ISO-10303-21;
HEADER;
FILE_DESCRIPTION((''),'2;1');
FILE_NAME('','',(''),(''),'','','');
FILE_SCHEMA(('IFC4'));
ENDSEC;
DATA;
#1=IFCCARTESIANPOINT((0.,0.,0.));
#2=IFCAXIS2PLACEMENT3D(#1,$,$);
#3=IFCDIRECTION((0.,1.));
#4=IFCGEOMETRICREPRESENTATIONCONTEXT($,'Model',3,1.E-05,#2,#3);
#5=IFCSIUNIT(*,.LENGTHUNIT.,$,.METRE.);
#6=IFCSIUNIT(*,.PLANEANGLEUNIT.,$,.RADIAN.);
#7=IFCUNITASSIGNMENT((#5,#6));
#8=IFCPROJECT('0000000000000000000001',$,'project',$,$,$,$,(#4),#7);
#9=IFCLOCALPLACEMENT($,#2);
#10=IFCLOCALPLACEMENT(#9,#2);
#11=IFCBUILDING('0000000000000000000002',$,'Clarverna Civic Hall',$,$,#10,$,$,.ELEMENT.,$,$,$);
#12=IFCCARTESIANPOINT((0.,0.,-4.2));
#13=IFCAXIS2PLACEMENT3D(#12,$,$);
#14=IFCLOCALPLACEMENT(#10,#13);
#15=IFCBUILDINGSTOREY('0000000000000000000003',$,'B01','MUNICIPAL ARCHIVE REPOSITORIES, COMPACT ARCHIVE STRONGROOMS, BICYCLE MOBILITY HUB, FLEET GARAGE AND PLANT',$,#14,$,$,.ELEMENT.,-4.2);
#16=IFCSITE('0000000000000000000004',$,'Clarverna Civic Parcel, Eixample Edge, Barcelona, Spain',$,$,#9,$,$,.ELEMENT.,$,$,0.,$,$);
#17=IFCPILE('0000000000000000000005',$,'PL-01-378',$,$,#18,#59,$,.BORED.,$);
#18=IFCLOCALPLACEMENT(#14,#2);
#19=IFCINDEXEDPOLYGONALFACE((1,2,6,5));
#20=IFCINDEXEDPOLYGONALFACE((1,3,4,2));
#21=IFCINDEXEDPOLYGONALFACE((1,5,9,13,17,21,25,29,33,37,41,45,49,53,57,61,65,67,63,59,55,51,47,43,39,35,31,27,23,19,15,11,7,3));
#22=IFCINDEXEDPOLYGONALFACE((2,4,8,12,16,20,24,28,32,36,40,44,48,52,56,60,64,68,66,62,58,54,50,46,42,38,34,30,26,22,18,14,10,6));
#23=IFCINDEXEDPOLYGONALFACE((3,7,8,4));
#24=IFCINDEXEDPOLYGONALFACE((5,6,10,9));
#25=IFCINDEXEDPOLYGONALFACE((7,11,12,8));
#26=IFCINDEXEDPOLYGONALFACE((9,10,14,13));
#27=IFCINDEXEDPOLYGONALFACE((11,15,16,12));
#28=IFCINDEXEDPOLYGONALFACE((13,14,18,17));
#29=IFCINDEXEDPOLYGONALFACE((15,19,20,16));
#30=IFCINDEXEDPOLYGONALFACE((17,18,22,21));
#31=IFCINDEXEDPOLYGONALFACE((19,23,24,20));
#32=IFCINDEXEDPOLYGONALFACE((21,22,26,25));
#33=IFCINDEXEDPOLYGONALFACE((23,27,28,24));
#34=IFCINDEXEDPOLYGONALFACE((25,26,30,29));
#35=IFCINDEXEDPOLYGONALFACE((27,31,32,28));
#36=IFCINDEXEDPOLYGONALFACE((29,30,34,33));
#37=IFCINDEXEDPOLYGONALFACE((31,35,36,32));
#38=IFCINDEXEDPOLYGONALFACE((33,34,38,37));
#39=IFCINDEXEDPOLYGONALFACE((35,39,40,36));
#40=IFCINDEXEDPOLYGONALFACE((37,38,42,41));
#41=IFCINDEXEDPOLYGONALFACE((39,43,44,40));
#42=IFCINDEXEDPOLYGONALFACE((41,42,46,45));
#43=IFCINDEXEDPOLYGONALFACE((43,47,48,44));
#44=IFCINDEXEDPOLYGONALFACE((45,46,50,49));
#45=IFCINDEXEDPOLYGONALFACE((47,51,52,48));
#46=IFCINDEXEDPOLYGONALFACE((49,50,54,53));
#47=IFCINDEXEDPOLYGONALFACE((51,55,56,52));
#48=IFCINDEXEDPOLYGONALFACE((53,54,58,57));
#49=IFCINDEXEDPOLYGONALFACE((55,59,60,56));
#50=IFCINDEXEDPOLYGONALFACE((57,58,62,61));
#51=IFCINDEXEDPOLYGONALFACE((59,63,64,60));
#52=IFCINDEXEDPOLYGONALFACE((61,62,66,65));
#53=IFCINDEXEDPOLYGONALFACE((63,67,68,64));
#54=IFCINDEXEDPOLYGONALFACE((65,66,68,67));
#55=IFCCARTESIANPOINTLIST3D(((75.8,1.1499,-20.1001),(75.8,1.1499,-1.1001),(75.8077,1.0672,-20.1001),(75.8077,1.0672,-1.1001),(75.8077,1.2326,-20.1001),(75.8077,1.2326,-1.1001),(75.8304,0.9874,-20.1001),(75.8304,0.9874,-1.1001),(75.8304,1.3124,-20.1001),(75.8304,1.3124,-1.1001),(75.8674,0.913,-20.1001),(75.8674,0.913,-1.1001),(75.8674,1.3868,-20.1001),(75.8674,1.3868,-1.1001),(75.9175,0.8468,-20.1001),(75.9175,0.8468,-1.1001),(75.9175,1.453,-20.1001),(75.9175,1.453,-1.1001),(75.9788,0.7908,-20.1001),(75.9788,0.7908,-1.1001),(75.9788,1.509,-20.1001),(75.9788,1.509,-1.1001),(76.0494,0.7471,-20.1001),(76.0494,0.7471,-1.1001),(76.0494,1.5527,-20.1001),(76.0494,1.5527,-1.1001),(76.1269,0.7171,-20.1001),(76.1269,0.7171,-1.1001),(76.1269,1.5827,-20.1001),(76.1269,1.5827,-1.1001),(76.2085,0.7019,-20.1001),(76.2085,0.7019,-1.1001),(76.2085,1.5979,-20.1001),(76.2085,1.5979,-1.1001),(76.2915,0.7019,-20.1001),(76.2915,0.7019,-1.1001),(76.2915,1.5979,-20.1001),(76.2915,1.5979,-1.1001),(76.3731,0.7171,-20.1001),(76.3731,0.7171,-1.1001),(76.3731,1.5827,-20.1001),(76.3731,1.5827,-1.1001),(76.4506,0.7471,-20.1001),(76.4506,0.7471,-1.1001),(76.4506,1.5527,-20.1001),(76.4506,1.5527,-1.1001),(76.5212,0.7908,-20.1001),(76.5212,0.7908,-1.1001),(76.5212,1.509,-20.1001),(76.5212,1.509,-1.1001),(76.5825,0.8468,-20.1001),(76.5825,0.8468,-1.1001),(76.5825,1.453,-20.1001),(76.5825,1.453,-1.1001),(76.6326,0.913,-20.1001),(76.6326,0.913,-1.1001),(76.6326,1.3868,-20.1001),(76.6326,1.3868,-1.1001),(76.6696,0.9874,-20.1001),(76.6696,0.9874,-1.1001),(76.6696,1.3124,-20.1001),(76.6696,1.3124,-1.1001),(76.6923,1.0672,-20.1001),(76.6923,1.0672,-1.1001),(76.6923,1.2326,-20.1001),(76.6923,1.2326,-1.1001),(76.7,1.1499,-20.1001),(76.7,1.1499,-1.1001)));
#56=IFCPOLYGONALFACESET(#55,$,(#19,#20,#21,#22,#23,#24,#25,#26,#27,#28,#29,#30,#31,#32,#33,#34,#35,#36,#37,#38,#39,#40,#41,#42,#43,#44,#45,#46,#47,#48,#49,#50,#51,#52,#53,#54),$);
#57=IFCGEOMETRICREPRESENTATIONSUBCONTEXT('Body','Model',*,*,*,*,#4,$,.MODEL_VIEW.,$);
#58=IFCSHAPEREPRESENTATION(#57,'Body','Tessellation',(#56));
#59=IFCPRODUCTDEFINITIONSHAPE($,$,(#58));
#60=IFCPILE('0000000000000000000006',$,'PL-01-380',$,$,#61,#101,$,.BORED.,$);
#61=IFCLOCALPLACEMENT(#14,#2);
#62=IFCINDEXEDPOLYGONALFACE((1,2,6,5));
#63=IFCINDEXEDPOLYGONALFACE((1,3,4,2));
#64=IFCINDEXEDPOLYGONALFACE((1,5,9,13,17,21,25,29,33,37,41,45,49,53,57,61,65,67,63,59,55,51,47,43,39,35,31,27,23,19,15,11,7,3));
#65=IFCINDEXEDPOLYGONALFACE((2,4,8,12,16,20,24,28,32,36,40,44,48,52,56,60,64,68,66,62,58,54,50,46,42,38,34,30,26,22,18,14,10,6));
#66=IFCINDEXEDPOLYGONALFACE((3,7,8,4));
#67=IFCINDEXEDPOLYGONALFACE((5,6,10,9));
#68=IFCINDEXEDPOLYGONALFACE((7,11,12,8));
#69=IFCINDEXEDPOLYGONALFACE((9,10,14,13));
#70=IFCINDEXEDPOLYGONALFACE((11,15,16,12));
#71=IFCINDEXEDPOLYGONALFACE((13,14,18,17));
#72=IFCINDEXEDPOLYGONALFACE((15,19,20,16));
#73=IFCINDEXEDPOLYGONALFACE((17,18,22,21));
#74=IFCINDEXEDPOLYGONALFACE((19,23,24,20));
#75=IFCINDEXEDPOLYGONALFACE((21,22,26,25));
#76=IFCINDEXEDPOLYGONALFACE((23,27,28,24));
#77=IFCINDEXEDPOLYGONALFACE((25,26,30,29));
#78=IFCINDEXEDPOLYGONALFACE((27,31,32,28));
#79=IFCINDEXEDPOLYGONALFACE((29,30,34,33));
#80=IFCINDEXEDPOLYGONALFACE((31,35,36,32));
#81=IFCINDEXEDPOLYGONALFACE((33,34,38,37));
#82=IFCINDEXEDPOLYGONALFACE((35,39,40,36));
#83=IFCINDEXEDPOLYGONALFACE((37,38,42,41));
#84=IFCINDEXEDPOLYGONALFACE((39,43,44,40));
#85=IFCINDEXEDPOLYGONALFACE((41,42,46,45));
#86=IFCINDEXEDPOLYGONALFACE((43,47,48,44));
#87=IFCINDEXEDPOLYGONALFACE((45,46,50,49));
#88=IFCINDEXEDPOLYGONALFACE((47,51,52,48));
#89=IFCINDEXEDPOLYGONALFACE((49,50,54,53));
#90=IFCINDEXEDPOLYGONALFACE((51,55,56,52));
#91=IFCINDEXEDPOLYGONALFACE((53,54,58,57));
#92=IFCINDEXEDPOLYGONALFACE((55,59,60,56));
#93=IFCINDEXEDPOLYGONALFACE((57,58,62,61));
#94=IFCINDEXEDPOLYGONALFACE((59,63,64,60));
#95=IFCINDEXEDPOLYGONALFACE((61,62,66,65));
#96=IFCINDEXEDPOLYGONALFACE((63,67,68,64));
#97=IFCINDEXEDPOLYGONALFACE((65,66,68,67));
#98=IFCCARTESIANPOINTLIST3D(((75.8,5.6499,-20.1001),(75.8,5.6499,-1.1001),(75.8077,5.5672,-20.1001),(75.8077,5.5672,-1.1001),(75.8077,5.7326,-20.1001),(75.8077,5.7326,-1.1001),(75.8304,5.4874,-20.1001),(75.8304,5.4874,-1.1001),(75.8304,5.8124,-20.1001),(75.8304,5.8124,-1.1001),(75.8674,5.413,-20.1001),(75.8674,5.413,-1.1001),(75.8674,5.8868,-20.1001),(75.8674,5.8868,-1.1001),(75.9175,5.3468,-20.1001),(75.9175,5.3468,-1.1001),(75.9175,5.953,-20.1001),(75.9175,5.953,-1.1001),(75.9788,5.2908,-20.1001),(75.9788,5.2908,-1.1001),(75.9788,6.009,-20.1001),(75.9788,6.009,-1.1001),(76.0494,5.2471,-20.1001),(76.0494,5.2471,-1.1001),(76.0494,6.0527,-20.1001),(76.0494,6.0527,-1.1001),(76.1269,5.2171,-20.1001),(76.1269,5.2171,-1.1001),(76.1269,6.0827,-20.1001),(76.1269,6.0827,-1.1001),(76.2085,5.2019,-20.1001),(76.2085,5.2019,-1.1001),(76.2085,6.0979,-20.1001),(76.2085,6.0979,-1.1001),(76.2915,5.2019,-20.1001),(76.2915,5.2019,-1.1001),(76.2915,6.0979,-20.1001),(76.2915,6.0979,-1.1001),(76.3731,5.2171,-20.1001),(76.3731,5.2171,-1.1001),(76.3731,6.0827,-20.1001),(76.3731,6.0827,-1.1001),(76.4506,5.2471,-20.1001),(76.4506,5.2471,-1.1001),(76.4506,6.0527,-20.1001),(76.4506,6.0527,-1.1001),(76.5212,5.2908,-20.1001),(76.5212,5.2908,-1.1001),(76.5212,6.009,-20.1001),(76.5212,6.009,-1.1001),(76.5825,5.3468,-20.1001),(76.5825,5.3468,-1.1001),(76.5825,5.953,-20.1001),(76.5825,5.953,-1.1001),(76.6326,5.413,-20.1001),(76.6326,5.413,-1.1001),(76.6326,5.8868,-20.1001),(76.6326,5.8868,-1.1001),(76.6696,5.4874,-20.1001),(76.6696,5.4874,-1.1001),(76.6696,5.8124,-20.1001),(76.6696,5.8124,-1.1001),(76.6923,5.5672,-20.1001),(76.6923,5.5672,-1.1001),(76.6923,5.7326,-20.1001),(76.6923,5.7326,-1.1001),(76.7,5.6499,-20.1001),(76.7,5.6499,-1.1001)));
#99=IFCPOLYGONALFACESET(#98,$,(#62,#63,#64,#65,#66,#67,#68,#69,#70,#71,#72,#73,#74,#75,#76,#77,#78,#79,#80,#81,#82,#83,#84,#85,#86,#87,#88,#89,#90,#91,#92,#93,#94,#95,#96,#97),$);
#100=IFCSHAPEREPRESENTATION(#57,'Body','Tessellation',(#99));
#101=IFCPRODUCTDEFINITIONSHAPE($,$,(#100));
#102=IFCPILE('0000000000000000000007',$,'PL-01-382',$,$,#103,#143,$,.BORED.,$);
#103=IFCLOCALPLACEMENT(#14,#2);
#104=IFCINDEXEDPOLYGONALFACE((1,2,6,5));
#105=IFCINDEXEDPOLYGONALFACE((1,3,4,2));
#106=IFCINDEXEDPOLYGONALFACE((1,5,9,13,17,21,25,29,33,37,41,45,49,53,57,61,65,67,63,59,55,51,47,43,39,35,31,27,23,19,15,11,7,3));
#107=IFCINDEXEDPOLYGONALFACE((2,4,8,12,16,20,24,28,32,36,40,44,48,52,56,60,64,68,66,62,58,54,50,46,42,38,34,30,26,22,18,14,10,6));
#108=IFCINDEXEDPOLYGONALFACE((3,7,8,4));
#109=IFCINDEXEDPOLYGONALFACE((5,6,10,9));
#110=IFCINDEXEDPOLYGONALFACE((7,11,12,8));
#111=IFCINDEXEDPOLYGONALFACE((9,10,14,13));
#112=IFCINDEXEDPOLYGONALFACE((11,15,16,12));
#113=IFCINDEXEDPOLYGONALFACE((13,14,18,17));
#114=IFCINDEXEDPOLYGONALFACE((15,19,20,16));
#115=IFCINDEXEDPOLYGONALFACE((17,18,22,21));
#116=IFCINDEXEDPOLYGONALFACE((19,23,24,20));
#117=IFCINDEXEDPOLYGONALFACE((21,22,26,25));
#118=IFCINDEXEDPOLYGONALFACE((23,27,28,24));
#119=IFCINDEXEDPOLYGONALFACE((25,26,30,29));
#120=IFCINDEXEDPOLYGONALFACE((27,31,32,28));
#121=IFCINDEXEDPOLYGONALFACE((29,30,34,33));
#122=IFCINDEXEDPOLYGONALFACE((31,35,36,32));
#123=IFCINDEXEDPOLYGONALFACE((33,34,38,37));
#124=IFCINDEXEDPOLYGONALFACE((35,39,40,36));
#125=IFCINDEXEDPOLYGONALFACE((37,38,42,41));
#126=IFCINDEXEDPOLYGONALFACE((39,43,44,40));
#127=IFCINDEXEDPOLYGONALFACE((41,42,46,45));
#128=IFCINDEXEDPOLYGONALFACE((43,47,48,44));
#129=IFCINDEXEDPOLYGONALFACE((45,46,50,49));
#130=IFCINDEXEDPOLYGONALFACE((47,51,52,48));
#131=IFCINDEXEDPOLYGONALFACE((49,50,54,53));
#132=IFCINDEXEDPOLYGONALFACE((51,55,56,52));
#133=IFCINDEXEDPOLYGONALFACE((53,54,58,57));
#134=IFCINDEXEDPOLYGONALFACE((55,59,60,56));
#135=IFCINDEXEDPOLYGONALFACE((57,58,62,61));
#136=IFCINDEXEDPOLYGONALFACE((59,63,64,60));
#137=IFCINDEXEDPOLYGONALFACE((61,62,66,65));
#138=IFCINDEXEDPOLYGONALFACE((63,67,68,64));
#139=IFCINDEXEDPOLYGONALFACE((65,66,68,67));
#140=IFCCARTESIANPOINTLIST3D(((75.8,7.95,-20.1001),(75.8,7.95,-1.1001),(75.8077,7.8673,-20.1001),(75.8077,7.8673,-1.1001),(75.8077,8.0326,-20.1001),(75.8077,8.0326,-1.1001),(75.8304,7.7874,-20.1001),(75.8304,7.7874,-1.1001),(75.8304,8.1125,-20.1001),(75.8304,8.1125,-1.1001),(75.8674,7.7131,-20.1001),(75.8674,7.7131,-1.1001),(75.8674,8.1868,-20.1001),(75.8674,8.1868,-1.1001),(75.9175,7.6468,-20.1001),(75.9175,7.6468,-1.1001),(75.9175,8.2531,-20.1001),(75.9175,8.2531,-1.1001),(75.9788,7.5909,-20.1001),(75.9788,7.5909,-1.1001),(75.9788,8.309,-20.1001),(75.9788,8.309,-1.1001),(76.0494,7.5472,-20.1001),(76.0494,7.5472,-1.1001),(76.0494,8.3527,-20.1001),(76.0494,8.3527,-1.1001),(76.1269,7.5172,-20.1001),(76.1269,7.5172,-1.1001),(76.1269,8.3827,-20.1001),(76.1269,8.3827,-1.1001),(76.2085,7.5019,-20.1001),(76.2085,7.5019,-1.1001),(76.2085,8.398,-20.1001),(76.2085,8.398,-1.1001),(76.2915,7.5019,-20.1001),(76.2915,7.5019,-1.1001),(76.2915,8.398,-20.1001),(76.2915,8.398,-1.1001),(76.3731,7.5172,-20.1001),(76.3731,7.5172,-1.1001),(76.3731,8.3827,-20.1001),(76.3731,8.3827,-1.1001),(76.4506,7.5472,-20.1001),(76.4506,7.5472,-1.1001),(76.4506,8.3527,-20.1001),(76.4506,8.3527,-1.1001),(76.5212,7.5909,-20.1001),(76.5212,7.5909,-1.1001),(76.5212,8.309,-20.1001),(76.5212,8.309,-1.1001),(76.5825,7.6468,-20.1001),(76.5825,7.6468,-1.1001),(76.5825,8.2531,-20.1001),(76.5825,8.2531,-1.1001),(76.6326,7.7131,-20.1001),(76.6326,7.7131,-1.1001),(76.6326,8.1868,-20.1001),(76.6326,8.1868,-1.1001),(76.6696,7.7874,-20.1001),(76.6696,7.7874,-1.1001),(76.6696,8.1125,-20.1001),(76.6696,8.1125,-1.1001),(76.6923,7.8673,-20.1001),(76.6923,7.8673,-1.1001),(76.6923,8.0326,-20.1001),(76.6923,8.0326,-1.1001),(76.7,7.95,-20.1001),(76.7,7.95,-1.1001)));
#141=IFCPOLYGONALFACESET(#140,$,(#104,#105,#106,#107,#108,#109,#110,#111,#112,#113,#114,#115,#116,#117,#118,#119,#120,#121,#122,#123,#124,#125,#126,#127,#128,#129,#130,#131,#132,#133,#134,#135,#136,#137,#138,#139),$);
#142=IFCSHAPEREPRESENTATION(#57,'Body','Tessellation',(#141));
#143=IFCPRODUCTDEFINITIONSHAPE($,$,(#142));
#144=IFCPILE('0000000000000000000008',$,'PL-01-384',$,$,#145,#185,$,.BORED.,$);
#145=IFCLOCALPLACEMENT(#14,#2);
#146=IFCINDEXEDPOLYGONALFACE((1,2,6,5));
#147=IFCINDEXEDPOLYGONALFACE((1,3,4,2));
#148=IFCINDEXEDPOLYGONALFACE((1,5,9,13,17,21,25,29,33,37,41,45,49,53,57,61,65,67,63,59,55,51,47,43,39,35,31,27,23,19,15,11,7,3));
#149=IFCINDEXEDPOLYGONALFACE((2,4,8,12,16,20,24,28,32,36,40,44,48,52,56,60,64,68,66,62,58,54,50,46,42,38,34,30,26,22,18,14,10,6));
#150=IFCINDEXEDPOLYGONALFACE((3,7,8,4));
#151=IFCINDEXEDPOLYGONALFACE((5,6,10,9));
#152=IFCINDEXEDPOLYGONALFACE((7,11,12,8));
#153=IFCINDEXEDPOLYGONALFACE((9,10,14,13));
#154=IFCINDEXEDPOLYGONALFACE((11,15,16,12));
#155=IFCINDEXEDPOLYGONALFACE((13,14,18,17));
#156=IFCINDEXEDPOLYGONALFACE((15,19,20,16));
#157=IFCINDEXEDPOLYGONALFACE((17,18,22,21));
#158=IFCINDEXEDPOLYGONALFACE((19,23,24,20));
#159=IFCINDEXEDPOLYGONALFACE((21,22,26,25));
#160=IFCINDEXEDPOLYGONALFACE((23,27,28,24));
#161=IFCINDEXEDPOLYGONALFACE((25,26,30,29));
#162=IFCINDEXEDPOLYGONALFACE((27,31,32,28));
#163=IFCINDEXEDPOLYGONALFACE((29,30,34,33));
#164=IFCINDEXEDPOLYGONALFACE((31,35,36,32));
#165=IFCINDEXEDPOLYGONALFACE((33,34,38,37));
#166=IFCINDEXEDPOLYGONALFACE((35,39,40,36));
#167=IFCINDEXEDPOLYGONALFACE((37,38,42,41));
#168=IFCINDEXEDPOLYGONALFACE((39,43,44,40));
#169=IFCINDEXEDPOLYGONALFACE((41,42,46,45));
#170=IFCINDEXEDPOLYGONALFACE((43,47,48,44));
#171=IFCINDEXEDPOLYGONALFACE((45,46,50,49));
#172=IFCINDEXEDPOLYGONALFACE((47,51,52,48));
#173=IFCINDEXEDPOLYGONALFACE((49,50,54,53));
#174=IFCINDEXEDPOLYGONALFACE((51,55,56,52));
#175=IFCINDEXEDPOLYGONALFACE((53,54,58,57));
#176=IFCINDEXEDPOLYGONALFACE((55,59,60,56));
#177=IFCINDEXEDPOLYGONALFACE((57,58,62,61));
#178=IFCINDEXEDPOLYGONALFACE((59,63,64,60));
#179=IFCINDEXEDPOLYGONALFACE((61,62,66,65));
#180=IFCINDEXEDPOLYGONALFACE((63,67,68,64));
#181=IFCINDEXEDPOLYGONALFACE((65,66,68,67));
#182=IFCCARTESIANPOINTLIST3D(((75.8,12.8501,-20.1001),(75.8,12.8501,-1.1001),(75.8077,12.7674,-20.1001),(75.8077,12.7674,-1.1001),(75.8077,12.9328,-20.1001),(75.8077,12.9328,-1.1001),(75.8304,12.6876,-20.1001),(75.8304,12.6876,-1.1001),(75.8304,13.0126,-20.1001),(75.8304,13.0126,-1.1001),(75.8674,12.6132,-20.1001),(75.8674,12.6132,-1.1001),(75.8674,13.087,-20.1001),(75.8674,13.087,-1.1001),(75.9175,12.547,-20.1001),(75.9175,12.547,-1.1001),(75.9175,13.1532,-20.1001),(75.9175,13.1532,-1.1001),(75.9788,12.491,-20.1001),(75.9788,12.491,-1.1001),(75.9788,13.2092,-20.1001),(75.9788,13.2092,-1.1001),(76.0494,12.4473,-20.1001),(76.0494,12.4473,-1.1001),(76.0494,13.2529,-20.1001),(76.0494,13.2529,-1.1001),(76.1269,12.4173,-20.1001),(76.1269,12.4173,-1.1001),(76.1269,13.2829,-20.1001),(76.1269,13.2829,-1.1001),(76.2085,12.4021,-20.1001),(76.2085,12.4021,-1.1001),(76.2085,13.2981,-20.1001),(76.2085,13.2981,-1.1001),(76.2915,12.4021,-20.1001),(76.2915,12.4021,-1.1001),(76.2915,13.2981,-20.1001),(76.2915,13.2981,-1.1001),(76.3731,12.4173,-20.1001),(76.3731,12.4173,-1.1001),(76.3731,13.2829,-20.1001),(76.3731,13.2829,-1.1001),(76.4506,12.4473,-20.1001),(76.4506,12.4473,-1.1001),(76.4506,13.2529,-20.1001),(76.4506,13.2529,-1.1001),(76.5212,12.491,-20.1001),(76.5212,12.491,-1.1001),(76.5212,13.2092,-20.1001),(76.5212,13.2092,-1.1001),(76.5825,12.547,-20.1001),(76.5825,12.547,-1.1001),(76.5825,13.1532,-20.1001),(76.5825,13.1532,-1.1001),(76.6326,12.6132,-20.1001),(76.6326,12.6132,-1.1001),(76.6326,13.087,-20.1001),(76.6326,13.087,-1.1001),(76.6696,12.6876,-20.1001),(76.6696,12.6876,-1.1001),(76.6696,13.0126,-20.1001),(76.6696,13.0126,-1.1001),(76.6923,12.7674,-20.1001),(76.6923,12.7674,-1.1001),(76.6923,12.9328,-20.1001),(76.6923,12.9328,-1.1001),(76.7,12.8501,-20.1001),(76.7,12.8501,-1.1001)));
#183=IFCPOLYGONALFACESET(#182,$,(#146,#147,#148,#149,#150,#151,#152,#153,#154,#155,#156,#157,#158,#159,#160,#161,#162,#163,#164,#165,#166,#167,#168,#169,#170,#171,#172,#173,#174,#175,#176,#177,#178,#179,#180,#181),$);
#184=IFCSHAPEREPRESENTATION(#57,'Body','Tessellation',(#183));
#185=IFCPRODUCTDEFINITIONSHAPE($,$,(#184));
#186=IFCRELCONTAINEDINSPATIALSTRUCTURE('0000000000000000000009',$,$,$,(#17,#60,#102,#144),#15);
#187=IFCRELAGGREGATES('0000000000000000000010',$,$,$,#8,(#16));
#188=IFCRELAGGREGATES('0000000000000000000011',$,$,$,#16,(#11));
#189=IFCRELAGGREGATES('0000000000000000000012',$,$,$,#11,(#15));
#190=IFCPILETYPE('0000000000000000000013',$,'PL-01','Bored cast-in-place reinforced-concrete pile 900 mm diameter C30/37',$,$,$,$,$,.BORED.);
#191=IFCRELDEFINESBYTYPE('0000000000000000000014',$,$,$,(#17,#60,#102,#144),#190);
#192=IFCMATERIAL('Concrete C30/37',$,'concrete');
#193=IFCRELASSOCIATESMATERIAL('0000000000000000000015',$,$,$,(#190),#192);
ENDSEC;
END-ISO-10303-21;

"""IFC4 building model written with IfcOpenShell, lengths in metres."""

from ifc_helpers import new_model, si_unit, direction, frame, origin, origin_2d, place, context, subcontext, project, spatial, circle, extrude, material, material_profile, profile_set, type_object, element, save


model = new_model("IFC4")

# Units and contexts
model_context = context("Model", 3, precision=1e-05, world=origin(), true_north=direction((0.0, 1.0)))
body_context = subcontext(model_context, "Body", "Model", "MODEL_VIEW")
ifc_project = project(units=[si_unit("LENGTHUNIT", "METRE"), si_unit("PLANEANGLEUNIT", "RADIAN")], contexts=[model_context])

# Site, building, storey
site_placement = place(None, origin())
site = spatial("IfcSite", under=ifc_project, at=site_placement, Name="Clarverna Civic Parcel, Eixample Edge, Barcelona, Spain", CompositionType="ELEMENT", RefElevation=0.0)
building_placement = place(site_placement, origin())
building = spatial("IfcBuilding", under=site, at=building_placement, Name="Clarverna Civic Hall", CompositionType="ELEMENT")
storey_placement = place(building_placement, frame((0.0, 0.0, -4.2)))
storey = spatial("IfcBuildingStorey", under=building, at=storey_placement, Name="B01", Description="MUNICIPAL ARCHIVE REPOSITORIES, COMPACT ARCHIVE STRONGROOMS, BICYCLE MOBILITY HUB, FLEET GARAGE AND PLANT", CompositionType="ELEMENT", Elevation=-4.2)

# Shared definitions
ifc_material_1 = material(Name="Concrete C30/37", Category="concrete")

# Piles
ifc_material_profile_1 = material_profile(ifc_material_1, circle(Radius=0.45, at=origin_2d()), Name="BORED PILE D900")
ifc_profile_set_1 = profile_set([ifc_material_profile_1], Name="Concrete C30/37")
pile_type = type_object("IfcPileType", Name="PL-01", Description="Bored cast-in-place reinforced-concrete pile 900 mm diameter C30/37", PredefinedType="BORED", material=ifc_profile_set_1)
for number, where, z_axis, x_axis, name in (
    (1, (76.25, 1.1499, -1.1001), (0.0, 0.0, -1.0), (1.0, 0.0, 0.0), "PL-01-378"),
    (2, (76.25, 5.6499, -1.1001), (0.0, 0.0, -1.0), (1.0, 0.0, 0.0), "PL-01-380"),
    (3, (76.25, 7.95, -1.1001), (0.0, 0.0, -1.0), (1.0, 0.0, 0.0), "PL-01-382"),
    (4, (76.25, 12.8501, -1.1001), (0.0, 0.0, -1.0), (1.0, 0.0, 0.0), "PL-01-384"),
):
    element("IfcPile", number, at=place(storey_placement, frame(where, z_axis=z_axis, x_axis=x_axis)), inside=storey, type_object=pile_type, Name=name, PredefinedType="BORED", context=body_context, shape_type="SweptSolid", body=[
        extrude(circle(Radius=0.45, at=origin_2d()), origin(), (0.0, 0.0, 1.0), 19.0),
    ])

save(model, "model.ifc")
